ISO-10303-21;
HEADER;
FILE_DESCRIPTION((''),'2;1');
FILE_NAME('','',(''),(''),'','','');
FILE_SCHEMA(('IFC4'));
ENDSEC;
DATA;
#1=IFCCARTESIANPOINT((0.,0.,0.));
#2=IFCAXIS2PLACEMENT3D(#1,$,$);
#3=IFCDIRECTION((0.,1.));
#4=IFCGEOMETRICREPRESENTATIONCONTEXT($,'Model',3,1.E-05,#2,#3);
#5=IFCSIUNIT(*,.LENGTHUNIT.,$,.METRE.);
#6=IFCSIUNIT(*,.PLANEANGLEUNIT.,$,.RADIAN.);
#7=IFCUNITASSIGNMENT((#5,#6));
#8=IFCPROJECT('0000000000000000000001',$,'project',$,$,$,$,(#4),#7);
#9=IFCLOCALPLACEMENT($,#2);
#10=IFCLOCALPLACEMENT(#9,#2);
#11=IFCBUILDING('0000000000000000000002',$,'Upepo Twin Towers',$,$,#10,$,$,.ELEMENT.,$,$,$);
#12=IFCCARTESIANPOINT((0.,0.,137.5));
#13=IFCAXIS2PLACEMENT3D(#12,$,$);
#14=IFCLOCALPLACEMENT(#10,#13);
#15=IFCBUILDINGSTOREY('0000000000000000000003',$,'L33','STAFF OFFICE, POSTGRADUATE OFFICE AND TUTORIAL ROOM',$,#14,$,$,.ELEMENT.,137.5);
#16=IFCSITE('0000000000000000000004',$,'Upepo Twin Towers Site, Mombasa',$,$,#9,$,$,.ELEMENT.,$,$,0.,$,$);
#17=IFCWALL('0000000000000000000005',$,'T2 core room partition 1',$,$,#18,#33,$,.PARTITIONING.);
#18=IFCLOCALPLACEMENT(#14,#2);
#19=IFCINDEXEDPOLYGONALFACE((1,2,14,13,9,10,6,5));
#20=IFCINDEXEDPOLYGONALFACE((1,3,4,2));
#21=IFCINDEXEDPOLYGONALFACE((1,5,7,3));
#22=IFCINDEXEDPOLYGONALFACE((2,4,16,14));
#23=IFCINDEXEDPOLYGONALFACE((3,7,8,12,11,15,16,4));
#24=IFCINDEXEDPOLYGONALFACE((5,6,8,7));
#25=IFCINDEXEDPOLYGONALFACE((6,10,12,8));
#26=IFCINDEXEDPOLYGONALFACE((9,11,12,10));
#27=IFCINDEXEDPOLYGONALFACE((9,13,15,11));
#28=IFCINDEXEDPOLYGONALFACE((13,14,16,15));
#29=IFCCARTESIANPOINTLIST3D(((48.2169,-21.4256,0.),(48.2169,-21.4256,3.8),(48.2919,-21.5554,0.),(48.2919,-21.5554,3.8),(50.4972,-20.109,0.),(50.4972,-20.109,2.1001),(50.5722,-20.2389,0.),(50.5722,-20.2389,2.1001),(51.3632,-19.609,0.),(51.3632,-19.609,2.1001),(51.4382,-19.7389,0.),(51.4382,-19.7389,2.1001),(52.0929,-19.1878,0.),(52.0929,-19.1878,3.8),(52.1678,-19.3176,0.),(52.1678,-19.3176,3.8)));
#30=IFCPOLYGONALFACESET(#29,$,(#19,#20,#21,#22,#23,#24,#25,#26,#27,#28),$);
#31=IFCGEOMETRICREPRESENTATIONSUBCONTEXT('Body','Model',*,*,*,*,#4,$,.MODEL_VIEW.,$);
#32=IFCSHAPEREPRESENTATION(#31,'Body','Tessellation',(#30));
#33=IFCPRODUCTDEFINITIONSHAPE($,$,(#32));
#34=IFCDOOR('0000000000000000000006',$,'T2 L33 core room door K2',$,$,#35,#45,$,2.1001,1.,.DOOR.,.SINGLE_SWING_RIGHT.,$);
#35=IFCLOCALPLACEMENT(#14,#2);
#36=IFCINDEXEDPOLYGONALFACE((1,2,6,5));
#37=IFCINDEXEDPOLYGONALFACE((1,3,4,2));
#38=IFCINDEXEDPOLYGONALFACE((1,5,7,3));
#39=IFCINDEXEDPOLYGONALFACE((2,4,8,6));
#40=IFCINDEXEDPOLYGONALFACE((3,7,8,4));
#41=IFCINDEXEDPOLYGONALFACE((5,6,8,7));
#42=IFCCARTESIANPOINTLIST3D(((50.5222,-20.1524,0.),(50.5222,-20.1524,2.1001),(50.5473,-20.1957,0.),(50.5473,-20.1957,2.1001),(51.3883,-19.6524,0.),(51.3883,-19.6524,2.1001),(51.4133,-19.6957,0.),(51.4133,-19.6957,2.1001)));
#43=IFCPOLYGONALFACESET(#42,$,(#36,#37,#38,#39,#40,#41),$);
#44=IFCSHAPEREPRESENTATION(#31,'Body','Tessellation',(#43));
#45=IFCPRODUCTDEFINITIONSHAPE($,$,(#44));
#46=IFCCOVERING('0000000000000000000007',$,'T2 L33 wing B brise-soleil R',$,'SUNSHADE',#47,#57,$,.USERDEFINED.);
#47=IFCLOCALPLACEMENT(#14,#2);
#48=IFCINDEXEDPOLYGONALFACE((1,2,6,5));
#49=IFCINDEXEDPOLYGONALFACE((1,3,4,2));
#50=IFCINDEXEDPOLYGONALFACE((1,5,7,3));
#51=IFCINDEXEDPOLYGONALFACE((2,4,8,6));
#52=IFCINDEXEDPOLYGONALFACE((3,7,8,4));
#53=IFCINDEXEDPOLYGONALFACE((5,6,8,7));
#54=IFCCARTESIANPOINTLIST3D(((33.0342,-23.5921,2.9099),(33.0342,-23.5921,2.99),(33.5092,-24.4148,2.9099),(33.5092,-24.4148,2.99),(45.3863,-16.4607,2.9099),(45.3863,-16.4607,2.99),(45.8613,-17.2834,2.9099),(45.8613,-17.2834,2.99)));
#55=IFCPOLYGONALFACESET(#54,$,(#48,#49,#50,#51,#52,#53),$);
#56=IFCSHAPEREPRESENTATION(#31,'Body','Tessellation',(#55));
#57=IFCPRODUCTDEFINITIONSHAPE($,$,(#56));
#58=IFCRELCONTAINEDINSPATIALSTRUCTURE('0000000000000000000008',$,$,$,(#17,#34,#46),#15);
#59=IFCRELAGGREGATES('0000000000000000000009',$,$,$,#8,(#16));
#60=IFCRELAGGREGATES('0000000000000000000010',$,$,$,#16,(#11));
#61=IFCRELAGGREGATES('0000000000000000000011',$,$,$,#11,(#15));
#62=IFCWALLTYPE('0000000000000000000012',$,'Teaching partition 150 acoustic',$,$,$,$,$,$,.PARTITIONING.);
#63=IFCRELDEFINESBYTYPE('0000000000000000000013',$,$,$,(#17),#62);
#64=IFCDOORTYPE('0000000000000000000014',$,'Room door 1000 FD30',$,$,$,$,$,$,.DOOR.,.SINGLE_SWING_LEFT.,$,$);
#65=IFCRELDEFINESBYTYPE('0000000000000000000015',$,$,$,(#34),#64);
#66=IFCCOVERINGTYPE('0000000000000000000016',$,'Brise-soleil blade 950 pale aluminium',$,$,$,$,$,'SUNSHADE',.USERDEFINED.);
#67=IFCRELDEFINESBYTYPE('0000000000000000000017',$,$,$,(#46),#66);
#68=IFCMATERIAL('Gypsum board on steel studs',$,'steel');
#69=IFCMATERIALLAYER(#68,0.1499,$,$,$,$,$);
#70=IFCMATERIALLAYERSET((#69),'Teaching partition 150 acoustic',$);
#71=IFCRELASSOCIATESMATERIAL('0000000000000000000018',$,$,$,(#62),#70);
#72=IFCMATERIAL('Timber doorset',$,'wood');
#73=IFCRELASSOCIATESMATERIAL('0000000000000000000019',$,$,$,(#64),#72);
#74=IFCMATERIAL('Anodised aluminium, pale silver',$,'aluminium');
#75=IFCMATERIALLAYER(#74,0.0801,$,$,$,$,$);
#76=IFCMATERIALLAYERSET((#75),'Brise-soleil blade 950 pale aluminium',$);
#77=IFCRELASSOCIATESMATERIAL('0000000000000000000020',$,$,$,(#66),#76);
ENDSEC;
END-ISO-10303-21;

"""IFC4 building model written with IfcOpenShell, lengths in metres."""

from ifc_helpers import new_model, si_unit, direction, frame, frame_2d, origin, origin_2d, place, context, subcontext, project, spatial, rectangle, extrude, material, layer, layer_set, type_object, element, fill, save


model = new_model("IFC4")

# Units and contexts
model_context = context("Model", 3, precision=1e-05, world=origin(), true_north=direction((0.0, 1.0)))
body_context = subcontext(model_context, "Body", "Model", "MODEL_VIEW")
ifc_project = project(units=[si_unit("LENGTHUNIT", "METRE"), si_unit("PLANEANGLEUNIT", "RADIAN")], contexts=[model_context])

# Site, building, storey
site_placement = place(None, origin())
site = spatial("IfcSite", under=ifc_project, at=site_placement, Name="Upepo Twin Towers Site, Mombasa", CompositionType="ELEMENT", RefElevation=0.0)
building_placement = place(site_placement, origin())
building = spatial("IfcBuilding", under=site, at=building_placement, Name="Upepo Twin Towers", CompositionType="ELEMENT")
storey_placement = place(building_placement, frame((0.0, 0.0, 137.5)))
storey = spatial("IfcBuildingStorey", under=building, at=storey_placement, Name="L33", Description="STAFF OFFICE, POSTGRADUATE OFFICE AND TUTORIAL ROOM", CompositionType="ELEMENT", Elevation=137.5)

# Shared definitions
ifc_material_1 = material(Name="Gypsum board on steel studs", Category="steel")
ifc_layer_1 = layer(ifc_material_1, 0.1499)
ifc_layer_set_1 = layer_set([ifc_layer_1], Name="Teaching partition 150 acoustic")
wall_type_1 = type_object("IfcWallType", Name="Teaching partition 150 acoustic", PredefinedType="PARTITIONING", material=ifc_layer_set_1)

# Wall, opening, door
wall_1_placement = place(storey_placement, frame((48.2544, -21.4905, 0.0), z_axis=(0.0, 0.0, 1.0), x_axis=(0.866026, 0.499999, 0.0)))
wall_1 = element("IfcWall", 1, at=wall_1_placement, inside=storey, type_object=wall_type_1, Name="T2 core room partition 1", PredefinedType="PARTITIONING", context=body_context, shape_type="SweptSolid", body=[
    extrude(rectangle(XDim=4.4756, YDim=0.1499, at=frame_2d((2.2378, 0.0))), origin(), (0.0, 0.0, 1.0), 3.8),
])
opening_1_placement = place(wall_1_placement, frame((2.6331, 0.0, 0.0)))
opening_1 = element("IfcOpeningElement", 2, at=opening_1_placement, cuts=wall_1, PredefinedType="OPENING", context=body_context, shape_type="SweptSolid", body=[
    extrude(rectangle(XDim=1.0, YDim=2.1001, at=frame_2d((0.5, 1.05))), frame((0.0, 0.085, 0.0), z_axis=(0.0, -1.0, 0.0), x_axis=(1.0, 0.0, 0.0)), (0.0, 0.0, 1.0), 0.1699),
])
ifc_material_2 = material(Name="Timber doorset", Category="wood")
door_type_1 = type_object("IfcDoorType", Name="Room door 1000 FD30", OperationType="SINGLE_SWING_LEFT", PredefinedType="DOOR", material=ifc_material_2)
door_1_placement = place(opening_1_placement, origin())
door_1 = element("IfcDoor", 3, at=door_1_placement, inside=storey, type_object=door_type_1, Name="T2 L33 core room door K2", OperationType="SINGLE_SWING_RIGHT", OverallHeight=2.1001, OverallWidth=1.0, PredefinedType="DOOR", context=body_context, shape_type="SweptSolid", body=[
    extrude(rectangle(XDim=1.0, YDim=2.1001, at=frame_2d((0.5, 1.05))), frame((0.0, 0.0249, 0.0), z_axis=(0.0, -1.0, 0.0), x_axis=(1.0, 0.0, 0.0)), (0.0, 0.0, 1.0), 0.05),
])
fill(opening_1, door_1)

# Covering
ifc_material_3 = material(Name="Anodised aluminium, pale silver", Category="aluminium")
ifc_layer_2 = layer(ifc_material_3, 0.0801)
ifc_layer_set_2 = layer_set([ifc_layer_2], Name="Brise-soleil blade 950 pale aluminium")
covering_type = type_object("IfcCoveringType", Name="Brise-soleil blade 950 pale aluminium", ElementType="SUNSHADE", PredefinedType="USERDEFINED", material=ifc_layer_set_2)
covering_placement = place(storey_placement, frame((39.4478, -20.4377, 2.9099), z_axis=(0.0, 0.0, 1.0), x_axis=(-0.866025, -0.5, 0.0)))
element("IfcCovering", 4, at=covering_placement, inside=storey, type_object=covering_type, Name="T2 L33 wing B brise-soleil R", ObjectType="SUNSHADE", PredefinedType="USERDEFINED", context=body_context, shape_type="SweptSolid", body=[
    extrude(rectangle(XDim=14.2629, YDim=0.95, at=origin_2d()), origin(), (0.0, 0.0, 1.0), 0.0801),
])

save(model, "model.ifc")
